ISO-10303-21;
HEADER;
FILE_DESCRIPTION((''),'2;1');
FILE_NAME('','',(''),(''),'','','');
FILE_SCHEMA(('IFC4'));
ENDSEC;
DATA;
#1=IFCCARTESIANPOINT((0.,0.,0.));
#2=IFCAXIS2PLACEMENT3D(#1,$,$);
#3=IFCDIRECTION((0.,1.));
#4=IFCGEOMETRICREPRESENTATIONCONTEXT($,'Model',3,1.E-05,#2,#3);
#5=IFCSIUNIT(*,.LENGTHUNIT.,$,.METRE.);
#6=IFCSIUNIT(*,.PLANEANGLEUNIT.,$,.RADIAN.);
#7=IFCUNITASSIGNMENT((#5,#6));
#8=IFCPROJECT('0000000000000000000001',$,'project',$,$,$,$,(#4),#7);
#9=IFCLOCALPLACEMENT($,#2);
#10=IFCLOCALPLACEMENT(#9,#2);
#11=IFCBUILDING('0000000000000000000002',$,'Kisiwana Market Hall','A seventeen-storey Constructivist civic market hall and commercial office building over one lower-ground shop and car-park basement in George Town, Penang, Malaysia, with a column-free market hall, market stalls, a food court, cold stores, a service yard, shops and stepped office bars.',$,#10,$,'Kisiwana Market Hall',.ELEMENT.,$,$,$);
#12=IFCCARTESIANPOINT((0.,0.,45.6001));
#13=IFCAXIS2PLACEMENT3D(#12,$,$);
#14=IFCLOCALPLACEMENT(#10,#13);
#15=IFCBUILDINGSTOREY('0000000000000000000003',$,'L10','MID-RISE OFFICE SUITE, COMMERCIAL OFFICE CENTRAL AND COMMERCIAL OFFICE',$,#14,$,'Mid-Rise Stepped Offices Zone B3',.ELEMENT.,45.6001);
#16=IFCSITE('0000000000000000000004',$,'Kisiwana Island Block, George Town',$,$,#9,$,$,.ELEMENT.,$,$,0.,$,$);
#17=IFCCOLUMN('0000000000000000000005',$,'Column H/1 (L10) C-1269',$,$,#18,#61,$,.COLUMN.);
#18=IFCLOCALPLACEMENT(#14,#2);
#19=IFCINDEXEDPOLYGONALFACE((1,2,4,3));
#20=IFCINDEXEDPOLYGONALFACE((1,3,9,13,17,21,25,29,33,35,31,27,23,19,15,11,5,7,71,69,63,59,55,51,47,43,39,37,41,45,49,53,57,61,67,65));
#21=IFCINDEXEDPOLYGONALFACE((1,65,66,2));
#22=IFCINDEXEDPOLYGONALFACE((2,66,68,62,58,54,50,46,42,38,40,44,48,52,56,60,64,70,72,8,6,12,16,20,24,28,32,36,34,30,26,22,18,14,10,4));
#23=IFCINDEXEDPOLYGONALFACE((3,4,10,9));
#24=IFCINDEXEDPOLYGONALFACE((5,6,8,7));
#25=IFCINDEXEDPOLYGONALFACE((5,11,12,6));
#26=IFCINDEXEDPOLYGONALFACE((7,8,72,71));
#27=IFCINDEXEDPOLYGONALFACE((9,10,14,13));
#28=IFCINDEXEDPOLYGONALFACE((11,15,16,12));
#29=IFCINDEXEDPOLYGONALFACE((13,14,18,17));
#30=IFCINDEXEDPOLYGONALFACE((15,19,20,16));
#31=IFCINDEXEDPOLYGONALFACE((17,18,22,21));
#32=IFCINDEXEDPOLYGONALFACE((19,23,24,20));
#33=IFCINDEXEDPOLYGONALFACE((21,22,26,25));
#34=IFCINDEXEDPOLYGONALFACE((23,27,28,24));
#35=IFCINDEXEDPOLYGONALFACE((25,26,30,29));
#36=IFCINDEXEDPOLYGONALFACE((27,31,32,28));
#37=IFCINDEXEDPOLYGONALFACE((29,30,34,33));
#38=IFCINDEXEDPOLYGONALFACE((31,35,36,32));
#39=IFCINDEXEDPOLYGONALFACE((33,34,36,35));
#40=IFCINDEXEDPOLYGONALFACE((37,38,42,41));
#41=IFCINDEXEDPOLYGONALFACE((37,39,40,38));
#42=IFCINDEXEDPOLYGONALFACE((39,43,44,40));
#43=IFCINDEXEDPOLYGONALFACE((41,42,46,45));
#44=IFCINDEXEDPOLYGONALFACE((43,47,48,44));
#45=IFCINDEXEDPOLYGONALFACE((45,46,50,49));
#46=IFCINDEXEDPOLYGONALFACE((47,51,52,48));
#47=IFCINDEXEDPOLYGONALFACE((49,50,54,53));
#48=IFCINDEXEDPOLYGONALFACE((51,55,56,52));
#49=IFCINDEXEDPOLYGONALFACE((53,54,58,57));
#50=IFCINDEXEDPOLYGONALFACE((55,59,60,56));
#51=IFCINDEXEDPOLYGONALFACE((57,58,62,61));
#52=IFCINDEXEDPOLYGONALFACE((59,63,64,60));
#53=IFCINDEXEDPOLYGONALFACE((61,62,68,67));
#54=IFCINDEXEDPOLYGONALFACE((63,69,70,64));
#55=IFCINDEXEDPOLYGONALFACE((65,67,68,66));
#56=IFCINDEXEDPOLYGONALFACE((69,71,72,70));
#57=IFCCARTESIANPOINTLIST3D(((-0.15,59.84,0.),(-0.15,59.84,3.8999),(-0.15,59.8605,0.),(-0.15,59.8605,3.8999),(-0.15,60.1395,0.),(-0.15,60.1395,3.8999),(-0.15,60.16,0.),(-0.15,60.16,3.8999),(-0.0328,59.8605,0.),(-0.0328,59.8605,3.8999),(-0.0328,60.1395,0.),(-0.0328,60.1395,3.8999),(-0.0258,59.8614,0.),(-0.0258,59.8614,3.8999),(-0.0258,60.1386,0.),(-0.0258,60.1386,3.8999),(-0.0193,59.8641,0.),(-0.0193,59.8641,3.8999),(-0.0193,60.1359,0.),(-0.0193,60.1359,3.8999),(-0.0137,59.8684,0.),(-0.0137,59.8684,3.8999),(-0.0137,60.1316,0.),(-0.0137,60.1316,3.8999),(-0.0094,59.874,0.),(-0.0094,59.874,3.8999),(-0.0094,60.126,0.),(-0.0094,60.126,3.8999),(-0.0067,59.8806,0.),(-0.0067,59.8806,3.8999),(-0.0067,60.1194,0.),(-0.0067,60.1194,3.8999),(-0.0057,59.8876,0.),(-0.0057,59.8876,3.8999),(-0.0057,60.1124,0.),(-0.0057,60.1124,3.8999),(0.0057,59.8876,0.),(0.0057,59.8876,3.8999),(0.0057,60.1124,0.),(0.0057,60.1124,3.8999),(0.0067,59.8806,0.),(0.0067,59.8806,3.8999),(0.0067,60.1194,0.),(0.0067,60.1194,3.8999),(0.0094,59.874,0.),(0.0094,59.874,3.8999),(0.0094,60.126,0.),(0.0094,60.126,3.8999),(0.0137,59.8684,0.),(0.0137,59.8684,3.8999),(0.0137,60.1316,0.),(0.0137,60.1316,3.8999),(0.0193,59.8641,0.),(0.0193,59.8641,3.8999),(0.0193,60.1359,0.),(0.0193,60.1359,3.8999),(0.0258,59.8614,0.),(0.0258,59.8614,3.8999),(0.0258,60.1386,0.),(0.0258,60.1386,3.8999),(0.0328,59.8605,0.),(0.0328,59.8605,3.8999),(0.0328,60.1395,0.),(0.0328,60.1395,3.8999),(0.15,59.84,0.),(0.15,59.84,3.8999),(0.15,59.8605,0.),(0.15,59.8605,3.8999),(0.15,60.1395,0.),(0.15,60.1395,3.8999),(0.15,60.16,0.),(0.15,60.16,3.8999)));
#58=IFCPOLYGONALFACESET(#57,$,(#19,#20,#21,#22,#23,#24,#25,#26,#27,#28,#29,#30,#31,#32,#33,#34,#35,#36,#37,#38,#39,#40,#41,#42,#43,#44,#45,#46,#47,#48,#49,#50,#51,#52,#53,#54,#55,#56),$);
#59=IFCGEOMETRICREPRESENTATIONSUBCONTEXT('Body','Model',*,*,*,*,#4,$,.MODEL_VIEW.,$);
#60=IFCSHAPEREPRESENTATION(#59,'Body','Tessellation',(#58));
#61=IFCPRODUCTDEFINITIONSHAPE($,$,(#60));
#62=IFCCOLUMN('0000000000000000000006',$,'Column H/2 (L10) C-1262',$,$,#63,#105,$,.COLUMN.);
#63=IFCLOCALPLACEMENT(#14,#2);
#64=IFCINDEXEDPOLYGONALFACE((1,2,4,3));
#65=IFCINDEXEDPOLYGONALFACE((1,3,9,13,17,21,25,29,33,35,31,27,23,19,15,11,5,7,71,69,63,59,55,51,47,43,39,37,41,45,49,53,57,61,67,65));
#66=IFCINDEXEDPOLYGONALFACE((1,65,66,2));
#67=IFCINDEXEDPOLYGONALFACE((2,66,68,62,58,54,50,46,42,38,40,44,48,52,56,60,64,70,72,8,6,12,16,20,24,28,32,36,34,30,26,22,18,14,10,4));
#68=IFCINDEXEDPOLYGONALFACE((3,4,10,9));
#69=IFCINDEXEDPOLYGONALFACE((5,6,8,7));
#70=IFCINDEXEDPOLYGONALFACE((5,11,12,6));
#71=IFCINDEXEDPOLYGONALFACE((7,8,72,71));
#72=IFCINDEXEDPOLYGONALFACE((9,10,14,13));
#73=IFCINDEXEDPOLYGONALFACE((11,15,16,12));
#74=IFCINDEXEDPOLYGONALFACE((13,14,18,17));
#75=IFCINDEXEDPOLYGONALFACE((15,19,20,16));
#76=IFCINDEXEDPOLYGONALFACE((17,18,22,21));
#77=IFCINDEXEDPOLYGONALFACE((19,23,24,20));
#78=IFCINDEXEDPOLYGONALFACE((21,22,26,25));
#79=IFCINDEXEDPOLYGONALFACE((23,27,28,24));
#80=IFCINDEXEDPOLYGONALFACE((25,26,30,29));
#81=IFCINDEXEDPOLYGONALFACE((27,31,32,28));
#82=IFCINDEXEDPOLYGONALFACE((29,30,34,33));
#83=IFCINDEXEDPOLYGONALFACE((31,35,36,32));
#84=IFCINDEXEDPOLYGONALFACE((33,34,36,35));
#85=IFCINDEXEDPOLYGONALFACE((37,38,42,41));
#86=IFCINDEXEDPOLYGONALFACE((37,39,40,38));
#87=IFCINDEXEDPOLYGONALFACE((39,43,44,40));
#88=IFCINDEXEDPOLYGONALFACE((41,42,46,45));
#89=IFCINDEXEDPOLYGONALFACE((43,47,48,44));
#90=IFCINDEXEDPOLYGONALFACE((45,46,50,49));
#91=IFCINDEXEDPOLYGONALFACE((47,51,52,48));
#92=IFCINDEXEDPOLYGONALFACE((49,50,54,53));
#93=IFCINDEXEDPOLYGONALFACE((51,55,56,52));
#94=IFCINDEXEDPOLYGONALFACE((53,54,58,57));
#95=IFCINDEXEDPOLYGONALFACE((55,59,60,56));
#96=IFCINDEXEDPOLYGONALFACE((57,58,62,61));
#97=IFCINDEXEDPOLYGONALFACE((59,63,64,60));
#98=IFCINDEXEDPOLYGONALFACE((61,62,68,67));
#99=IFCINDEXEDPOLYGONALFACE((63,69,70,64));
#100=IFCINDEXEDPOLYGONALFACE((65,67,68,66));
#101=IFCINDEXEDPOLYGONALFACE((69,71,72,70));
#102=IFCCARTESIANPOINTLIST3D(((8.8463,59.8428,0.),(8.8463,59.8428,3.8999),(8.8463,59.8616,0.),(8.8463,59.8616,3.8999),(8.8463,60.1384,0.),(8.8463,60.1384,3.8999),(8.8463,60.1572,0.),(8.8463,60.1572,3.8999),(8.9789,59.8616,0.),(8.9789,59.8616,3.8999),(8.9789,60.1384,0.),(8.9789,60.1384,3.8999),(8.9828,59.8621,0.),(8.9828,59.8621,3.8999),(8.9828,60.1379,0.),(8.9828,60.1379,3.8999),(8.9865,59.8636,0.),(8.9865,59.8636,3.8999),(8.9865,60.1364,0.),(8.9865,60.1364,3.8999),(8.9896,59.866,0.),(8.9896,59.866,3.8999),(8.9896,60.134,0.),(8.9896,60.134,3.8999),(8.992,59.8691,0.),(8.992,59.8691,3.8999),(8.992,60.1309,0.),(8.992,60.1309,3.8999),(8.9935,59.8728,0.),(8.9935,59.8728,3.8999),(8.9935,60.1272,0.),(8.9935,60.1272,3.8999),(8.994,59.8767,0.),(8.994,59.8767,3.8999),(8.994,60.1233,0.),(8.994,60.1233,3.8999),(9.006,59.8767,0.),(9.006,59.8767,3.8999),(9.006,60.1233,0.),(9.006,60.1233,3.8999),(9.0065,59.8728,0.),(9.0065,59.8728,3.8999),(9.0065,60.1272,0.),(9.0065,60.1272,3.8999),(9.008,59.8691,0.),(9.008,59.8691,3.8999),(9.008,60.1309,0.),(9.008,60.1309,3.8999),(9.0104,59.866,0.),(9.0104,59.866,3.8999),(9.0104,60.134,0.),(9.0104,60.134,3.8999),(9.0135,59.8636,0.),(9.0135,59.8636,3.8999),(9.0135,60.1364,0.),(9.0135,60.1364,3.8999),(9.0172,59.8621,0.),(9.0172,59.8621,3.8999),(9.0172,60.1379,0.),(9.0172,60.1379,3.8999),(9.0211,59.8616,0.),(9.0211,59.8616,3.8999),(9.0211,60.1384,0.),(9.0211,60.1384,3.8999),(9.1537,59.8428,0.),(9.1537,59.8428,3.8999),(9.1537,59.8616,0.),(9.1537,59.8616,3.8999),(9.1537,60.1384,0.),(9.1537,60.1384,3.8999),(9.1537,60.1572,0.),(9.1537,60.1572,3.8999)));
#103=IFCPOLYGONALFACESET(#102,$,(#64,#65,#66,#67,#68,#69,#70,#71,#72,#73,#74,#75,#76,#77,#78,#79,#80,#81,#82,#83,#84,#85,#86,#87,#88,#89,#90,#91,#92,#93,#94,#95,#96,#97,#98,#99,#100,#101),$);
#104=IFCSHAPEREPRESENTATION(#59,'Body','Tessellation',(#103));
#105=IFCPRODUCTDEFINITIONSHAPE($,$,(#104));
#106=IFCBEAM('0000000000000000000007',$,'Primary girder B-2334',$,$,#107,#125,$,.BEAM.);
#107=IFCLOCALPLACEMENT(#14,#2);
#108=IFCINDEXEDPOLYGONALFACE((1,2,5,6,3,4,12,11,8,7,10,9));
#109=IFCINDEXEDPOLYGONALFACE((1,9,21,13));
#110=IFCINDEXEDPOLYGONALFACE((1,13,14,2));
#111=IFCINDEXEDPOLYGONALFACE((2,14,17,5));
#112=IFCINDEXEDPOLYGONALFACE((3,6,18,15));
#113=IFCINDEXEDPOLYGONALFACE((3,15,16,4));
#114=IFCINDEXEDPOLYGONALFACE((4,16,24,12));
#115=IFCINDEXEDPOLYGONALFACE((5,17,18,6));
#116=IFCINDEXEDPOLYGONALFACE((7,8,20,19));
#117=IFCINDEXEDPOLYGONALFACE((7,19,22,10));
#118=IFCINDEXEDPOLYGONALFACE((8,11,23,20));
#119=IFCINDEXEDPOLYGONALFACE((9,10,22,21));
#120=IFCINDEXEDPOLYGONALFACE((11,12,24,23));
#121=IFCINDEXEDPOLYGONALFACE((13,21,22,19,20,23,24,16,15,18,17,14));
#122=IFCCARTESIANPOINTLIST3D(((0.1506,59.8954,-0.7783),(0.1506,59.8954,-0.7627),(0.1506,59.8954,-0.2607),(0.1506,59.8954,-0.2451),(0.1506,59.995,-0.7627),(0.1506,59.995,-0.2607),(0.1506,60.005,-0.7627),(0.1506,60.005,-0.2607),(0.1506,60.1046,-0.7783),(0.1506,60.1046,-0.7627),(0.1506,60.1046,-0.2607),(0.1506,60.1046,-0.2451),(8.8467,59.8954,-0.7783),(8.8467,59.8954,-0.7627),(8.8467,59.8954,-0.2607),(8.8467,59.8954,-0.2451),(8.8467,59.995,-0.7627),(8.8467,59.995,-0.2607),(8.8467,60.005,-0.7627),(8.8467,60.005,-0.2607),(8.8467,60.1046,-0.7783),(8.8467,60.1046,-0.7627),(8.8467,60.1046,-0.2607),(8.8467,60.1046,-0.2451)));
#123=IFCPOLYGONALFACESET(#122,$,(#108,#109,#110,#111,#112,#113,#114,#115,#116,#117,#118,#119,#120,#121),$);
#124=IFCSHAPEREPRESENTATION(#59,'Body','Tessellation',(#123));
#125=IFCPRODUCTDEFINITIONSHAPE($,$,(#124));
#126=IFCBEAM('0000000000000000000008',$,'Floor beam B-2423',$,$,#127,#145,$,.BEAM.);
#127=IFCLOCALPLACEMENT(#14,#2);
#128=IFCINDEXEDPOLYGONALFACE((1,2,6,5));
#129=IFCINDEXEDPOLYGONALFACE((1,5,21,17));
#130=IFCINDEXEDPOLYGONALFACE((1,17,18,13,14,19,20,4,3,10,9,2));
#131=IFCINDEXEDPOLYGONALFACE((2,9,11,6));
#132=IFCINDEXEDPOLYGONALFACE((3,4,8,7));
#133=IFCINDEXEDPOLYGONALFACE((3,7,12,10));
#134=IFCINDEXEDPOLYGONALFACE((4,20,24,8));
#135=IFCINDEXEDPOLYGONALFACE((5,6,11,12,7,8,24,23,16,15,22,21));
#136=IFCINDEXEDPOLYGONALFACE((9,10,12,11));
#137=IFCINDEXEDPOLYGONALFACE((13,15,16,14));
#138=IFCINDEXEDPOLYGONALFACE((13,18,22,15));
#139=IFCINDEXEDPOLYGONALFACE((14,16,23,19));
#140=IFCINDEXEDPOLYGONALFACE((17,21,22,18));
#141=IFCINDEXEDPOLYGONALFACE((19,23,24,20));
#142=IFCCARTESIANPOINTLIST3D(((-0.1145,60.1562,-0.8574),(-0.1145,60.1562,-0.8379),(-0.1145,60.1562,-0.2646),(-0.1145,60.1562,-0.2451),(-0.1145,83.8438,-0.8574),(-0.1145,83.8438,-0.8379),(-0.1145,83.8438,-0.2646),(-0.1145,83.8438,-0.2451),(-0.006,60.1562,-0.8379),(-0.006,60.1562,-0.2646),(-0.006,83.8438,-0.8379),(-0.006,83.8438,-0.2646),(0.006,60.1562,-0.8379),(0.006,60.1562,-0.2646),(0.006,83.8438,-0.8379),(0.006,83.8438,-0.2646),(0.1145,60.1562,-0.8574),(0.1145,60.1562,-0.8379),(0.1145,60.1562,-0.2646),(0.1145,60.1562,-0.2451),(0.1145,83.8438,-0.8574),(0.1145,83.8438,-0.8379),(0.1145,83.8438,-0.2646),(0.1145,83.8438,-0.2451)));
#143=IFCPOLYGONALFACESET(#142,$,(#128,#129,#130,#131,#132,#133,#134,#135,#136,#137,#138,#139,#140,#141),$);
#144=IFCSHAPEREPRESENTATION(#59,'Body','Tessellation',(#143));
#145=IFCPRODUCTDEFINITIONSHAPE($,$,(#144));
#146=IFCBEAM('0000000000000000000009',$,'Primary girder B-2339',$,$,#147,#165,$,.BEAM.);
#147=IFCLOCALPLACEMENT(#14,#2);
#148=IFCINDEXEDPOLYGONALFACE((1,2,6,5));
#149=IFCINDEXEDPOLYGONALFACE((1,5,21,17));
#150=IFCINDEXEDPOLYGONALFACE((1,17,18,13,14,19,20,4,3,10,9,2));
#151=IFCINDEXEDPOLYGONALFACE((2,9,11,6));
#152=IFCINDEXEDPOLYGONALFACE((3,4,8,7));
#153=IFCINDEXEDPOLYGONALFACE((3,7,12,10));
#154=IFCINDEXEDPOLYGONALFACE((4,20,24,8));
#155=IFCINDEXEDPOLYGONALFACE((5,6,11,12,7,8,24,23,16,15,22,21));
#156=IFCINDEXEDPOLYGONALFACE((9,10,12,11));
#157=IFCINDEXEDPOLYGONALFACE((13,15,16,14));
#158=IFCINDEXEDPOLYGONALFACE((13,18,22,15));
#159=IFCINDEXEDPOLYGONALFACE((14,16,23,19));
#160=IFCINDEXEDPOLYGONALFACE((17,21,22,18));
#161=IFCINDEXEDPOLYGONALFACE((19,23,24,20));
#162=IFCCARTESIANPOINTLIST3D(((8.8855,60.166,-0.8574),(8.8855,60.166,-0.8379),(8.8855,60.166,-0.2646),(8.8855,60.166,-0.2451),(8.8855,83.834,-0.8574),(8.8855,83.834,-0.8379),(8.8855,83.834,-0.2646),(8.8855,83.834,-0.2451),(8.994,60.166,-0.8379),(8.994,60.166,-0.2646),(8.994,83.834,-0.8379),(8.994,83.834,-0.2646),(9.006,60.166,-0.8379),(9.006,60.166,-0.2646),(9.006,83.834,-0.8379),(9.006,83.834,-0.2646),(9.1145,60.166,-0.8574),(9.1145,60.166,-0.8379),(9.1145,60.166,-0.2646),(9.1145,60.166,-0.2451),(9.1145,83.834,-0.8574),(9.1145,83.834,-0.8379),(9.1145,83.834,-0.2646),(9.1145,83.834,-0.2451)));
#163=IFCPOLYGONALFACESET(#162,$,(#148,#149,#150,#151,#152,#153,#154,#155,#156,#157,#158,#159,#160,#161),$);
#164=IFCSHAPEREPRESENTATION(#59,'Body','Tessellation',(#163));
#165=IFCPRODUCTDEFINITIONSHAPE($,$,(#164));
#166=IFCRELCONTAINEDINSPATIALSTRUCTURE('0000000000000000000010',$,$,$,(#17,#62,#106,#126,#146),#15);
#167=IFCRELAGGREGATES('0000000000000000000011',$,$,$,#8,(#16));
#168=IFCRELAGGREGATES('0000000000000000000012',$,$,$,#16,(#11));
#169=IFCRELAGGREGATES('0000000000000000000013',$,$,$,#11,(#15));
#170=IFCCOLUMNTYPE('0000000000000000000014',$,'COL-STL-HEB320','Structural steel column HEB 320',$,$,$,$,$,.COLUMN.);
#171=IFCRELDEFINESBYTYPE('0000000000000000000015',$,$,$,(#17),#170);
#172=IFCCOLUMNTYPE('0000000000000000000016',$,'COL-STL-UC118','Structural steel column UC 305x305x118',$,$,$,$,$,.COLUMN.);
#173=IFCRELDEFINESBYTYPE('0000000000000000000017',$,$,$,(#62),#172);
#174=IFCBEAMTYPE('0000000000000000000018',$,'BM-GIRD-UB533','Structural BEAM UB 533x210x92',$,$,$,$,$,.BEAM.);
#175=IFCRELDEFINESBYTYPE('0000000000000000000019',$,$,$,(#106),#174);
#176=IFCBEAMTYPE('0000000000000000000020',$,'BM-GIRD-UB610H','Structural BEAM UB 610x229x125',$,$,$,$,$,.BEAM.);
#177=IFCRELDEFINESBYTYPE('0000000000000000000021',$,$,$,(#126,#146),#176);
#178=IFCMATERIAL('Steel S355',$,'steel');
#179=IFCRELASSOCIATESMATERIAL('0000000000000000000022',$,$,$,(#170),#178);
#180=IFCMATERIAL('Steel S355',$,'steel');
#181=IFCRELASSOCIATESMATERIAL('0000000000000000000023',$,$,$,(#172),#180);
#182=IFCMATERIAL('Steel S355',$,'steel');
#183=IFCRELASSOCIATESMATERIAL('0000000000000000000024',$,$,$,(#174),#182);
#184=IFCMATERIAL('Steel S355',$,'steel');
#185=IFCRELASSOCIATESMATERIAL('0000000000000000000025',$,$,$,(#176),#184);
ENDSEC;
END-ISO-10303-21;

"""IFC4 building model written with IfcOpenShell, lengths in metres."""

from ifc_helpers import new_model, si_unit, direction, frame, origin, origin_2d, place, context, subcontext, project, spatial, i_section, extrude, material, material_profile, profile_set, type_object, element, save


model = new_model("IFC4")

# Units and contexts
model_context = context("Model", 3, precision=1e-05, world=origin(), true_north=direction((0.0, 1.0)))
body_context = subcontext(model_context, "Body", "Model", "MODEL_VIEW")
ifc_project = project(units=[si_unit("LENGTHUNIT", "METRE"), si_unit("PLANEANGLEUNIT", "RADIAN")], contexts=[model_context])

# Site, building, storey
site_placement = place(None, origin())
site = spatial("IfcSite", under=ifc_project, at=site_placement, Name="Kisiwana Island Block, George Town", CompositionType="ELEMENT", RefElevation=0.0)
building_placement = place(site_placement, origin())
building = spatial("IfcBuilding", under=site, at=building_placement, Name="Kisiwana Market Hall", Description="A seventeen-storey Constructivist civic market hall and commercial office building over one lower-ground shop and car-park basement in George Town, Penang, Malaysia, with a column-free market hall, market stalls, a food court, cold stores, a service yard, shops and stepped office bars.", LongName="Kisiwana Market Hall", CompositionType="ELEMENT")
storey_placement = place(building_placement, frame((0.0, 0.0, 45.6001)))
storey = spatial("IfcBuildingStorey", under=building, at=storey_placement, Name="L10", Description="MID-RISE OFFICE SUITE, COMMERCIAL OFFICE CENTRAL AND COMMERCIAL OFFICE", LongName="Mid-Rise Stepped Offices Zone B3", CompositionType="ELEMENT", Elevation=45.6001)

# Columns
ifc_material_1 = material(Name="Steel S355", Category="steel")
ifc_material_profile_1 = material_profile(ifc_material_1, i_section(OverallWidth=0.3, OverallDepth=0.3201, WebThickness=0.0115, FlangeThickness=0.0205, FilletRadius=0.0271, at=origin_2d()), Name="HEB 320")
ifc_profile_set_1 = profile_set([ifc_material_profile_1], Name="Steel S355")
column_type_1 = type_object("IfcColumnType", Name="COL-STL-HEB320", Description="Structural steel column HEB 320", PredefinedType="COLUMN", material=ifc_profile_set_1)
column_1_placement = place(storey_placement, frame((0.0, 60.0, 0.0), z_axis=(0.0, 0.0, 1.0), x_axis=(1.0, 0.0, 0.0)))
element("IfcColumn", 1, at=column_1_placement, inside=storey, type_object=column_type_1, Name="Column H/1 (L10) C-1269", PredefinedType="COLUMN", context=body_context, shape_type="SweptSolid", body=[
    extrude(i_section(OverallWidth=0.3, OverallDepth=0.3201, WebThickness=0.0115, FlangeThickness=0.0205, FilletRadius=0.0271, at=origin_2d()), origin(), (0.0, 0.0, 1.0), 3.8999),
])
ifc_material_2 = material(Name="Steel S355", Category="steel")
ifc_material_profile_2 = material_profile(ifc_material_2, i_section(OverallWidth=0.3074, OverallDepth=0.3145, WebThickness=0.012, FlangeThickness=0.0188, FilletRadius=0.0151, at=origin_2d()), Name="UC 305x305x118")
ifc_profile_set_2 = profile_set([ifc_material_profile_2], Name="Steel S355")
column_type_2 = type_object("IfcColumnType", Name="COL-STL-UC118", Description="Structural steel column UC 305x305x118", PredefinedType="COLUMN", material=ifc_profile_set_2)
column_2_placement = place(storey_placement, frame((9.0, 60.0, 0.0), z_axis=(0.0, 0.0, 1.0), x_axis=(1.0, 0.0, 0.0)))
element("IfcColumn", 2, at=column_2_placement, inside=storey, type_object=column_type_2, Name="Column H/2 (L10) C-1262", PredefinedType="COLUMN", context=body_context, shape_type="SweptSolid", body=[
    extrude(i_section(OverallWidth=0.3074, OverallDepth=0.3145, WebThickness=0.012, FlangeThickness=0.0188, FilletRadius=0.0151, at=origin_2d()), origin(), (0.0, 0.0, 1.0), 3.8999),
])

# Beams
ifc_material_3 = material(Name="Steel S355", Category="steel")
ifc_material_profile_3 = material_profile(ifc_material_3, i_section(OverallWidth=0.2092, OverallDepth=0.5332, WebThickness=0.01, FlangeThickness=0.0156, at=origin_2d()), Name="UB 533x210x92")
ifc_profile_set_3 = profile_set([ifc_material_profile_3], Name="Steel S355")
beam_type_1 = type_object("IfcBeamType", Name="BM-GIRD-UB533", Description="Structural BEAM UB 533x210x92", PredefinedType="BEAM", material=ifc_profile_set_3)
beam_1_placement = place(storey_placement, frame((0.1506, 60.0, -0.5117), z_axis=(1.0, 0.0, 0.0), x_axis=(0.0, 1.0, 0.0)))
element("IfcBeam", 3, at=beam_1_placement, inside=storey, type_object=beam_type_1, Name="Primary girder B-2334", PredefinedType="BEAM", context=body_context, shape_type="SweptSolid", body=[
    extrude(i_section(OverallWidth=0.2092, OverallDepth=0.5332, WebThickness=0.01, FlangeThickness=0.0156, at=origin_2d()), origin(), (0.0, 0.0, 1.0), 8.696),
])
ifc_material_4 = material(Name="Steel S355", Category="steel")
ifc_material_profile_4 = material_profile(ifc_material_4, i_section(OverallWidth=0.229, OverallDepth=0.6123, WebThickness=0.012, FlangeThickness=0.0195, at=origin_2d()), Name="UB 610x229x125")
ifc_profile_set_4 = profile_set([ifc_material_profile_4], Name="Steel S355")
beam_type_2 = type_object("IfcBeamType", Name="BM-GIRD-UB610H", Description="Structural BEAM UB 610x229x125", PredefinedType="BEAM", material=ifc_profile_set_4)
beam_2_placement = place(storey_placement, frame((0.0, 60.1562, -0.5513), z_axis=(0.0, 1.0, 0.0), x_axis=(-1.0, 0.0, 0.0)))
element("IfcBeam", 4, at=beam_2_placement, inside=storey, type_object=beam_type_2, Name="Floor beam B-2423", PredefinedType="BEAM", context=body_context, shape_type="SweptSolid", body=[
    extrude(i_section(OverallWidth=0.229, OverallDepth=0.6123, WebThickness=0.012, FlangeThickness=0.0195, at=origin_2d()), origin(), (0.0, 0.0, 1.0), 23.6875),
])
beam_3_placement = place(storey_placement, frame((9.0, 60.166, -0.5513), z_axis=(0.0, 1.0, 0.0), x_axis=(-1.0, 0.0, 0.0)))
element("IfcBeam", 5, at=beam_3_placement, inside=storey, type_object=beam_type_2, Name="Primary girder B-2339", PredefinedType="BEAM", context=body_context, shape_type="SweptSolid", body=[
    extrude(i_section(OverallWidth=0.229, OverallDepth=0.6123, WebThickness=0.012, FlangeThickness=0.0195, at=origin_2d()), origin(), (0.0, 0.0, 1.0), 23.668),
])

save(model, "model.ifc")
